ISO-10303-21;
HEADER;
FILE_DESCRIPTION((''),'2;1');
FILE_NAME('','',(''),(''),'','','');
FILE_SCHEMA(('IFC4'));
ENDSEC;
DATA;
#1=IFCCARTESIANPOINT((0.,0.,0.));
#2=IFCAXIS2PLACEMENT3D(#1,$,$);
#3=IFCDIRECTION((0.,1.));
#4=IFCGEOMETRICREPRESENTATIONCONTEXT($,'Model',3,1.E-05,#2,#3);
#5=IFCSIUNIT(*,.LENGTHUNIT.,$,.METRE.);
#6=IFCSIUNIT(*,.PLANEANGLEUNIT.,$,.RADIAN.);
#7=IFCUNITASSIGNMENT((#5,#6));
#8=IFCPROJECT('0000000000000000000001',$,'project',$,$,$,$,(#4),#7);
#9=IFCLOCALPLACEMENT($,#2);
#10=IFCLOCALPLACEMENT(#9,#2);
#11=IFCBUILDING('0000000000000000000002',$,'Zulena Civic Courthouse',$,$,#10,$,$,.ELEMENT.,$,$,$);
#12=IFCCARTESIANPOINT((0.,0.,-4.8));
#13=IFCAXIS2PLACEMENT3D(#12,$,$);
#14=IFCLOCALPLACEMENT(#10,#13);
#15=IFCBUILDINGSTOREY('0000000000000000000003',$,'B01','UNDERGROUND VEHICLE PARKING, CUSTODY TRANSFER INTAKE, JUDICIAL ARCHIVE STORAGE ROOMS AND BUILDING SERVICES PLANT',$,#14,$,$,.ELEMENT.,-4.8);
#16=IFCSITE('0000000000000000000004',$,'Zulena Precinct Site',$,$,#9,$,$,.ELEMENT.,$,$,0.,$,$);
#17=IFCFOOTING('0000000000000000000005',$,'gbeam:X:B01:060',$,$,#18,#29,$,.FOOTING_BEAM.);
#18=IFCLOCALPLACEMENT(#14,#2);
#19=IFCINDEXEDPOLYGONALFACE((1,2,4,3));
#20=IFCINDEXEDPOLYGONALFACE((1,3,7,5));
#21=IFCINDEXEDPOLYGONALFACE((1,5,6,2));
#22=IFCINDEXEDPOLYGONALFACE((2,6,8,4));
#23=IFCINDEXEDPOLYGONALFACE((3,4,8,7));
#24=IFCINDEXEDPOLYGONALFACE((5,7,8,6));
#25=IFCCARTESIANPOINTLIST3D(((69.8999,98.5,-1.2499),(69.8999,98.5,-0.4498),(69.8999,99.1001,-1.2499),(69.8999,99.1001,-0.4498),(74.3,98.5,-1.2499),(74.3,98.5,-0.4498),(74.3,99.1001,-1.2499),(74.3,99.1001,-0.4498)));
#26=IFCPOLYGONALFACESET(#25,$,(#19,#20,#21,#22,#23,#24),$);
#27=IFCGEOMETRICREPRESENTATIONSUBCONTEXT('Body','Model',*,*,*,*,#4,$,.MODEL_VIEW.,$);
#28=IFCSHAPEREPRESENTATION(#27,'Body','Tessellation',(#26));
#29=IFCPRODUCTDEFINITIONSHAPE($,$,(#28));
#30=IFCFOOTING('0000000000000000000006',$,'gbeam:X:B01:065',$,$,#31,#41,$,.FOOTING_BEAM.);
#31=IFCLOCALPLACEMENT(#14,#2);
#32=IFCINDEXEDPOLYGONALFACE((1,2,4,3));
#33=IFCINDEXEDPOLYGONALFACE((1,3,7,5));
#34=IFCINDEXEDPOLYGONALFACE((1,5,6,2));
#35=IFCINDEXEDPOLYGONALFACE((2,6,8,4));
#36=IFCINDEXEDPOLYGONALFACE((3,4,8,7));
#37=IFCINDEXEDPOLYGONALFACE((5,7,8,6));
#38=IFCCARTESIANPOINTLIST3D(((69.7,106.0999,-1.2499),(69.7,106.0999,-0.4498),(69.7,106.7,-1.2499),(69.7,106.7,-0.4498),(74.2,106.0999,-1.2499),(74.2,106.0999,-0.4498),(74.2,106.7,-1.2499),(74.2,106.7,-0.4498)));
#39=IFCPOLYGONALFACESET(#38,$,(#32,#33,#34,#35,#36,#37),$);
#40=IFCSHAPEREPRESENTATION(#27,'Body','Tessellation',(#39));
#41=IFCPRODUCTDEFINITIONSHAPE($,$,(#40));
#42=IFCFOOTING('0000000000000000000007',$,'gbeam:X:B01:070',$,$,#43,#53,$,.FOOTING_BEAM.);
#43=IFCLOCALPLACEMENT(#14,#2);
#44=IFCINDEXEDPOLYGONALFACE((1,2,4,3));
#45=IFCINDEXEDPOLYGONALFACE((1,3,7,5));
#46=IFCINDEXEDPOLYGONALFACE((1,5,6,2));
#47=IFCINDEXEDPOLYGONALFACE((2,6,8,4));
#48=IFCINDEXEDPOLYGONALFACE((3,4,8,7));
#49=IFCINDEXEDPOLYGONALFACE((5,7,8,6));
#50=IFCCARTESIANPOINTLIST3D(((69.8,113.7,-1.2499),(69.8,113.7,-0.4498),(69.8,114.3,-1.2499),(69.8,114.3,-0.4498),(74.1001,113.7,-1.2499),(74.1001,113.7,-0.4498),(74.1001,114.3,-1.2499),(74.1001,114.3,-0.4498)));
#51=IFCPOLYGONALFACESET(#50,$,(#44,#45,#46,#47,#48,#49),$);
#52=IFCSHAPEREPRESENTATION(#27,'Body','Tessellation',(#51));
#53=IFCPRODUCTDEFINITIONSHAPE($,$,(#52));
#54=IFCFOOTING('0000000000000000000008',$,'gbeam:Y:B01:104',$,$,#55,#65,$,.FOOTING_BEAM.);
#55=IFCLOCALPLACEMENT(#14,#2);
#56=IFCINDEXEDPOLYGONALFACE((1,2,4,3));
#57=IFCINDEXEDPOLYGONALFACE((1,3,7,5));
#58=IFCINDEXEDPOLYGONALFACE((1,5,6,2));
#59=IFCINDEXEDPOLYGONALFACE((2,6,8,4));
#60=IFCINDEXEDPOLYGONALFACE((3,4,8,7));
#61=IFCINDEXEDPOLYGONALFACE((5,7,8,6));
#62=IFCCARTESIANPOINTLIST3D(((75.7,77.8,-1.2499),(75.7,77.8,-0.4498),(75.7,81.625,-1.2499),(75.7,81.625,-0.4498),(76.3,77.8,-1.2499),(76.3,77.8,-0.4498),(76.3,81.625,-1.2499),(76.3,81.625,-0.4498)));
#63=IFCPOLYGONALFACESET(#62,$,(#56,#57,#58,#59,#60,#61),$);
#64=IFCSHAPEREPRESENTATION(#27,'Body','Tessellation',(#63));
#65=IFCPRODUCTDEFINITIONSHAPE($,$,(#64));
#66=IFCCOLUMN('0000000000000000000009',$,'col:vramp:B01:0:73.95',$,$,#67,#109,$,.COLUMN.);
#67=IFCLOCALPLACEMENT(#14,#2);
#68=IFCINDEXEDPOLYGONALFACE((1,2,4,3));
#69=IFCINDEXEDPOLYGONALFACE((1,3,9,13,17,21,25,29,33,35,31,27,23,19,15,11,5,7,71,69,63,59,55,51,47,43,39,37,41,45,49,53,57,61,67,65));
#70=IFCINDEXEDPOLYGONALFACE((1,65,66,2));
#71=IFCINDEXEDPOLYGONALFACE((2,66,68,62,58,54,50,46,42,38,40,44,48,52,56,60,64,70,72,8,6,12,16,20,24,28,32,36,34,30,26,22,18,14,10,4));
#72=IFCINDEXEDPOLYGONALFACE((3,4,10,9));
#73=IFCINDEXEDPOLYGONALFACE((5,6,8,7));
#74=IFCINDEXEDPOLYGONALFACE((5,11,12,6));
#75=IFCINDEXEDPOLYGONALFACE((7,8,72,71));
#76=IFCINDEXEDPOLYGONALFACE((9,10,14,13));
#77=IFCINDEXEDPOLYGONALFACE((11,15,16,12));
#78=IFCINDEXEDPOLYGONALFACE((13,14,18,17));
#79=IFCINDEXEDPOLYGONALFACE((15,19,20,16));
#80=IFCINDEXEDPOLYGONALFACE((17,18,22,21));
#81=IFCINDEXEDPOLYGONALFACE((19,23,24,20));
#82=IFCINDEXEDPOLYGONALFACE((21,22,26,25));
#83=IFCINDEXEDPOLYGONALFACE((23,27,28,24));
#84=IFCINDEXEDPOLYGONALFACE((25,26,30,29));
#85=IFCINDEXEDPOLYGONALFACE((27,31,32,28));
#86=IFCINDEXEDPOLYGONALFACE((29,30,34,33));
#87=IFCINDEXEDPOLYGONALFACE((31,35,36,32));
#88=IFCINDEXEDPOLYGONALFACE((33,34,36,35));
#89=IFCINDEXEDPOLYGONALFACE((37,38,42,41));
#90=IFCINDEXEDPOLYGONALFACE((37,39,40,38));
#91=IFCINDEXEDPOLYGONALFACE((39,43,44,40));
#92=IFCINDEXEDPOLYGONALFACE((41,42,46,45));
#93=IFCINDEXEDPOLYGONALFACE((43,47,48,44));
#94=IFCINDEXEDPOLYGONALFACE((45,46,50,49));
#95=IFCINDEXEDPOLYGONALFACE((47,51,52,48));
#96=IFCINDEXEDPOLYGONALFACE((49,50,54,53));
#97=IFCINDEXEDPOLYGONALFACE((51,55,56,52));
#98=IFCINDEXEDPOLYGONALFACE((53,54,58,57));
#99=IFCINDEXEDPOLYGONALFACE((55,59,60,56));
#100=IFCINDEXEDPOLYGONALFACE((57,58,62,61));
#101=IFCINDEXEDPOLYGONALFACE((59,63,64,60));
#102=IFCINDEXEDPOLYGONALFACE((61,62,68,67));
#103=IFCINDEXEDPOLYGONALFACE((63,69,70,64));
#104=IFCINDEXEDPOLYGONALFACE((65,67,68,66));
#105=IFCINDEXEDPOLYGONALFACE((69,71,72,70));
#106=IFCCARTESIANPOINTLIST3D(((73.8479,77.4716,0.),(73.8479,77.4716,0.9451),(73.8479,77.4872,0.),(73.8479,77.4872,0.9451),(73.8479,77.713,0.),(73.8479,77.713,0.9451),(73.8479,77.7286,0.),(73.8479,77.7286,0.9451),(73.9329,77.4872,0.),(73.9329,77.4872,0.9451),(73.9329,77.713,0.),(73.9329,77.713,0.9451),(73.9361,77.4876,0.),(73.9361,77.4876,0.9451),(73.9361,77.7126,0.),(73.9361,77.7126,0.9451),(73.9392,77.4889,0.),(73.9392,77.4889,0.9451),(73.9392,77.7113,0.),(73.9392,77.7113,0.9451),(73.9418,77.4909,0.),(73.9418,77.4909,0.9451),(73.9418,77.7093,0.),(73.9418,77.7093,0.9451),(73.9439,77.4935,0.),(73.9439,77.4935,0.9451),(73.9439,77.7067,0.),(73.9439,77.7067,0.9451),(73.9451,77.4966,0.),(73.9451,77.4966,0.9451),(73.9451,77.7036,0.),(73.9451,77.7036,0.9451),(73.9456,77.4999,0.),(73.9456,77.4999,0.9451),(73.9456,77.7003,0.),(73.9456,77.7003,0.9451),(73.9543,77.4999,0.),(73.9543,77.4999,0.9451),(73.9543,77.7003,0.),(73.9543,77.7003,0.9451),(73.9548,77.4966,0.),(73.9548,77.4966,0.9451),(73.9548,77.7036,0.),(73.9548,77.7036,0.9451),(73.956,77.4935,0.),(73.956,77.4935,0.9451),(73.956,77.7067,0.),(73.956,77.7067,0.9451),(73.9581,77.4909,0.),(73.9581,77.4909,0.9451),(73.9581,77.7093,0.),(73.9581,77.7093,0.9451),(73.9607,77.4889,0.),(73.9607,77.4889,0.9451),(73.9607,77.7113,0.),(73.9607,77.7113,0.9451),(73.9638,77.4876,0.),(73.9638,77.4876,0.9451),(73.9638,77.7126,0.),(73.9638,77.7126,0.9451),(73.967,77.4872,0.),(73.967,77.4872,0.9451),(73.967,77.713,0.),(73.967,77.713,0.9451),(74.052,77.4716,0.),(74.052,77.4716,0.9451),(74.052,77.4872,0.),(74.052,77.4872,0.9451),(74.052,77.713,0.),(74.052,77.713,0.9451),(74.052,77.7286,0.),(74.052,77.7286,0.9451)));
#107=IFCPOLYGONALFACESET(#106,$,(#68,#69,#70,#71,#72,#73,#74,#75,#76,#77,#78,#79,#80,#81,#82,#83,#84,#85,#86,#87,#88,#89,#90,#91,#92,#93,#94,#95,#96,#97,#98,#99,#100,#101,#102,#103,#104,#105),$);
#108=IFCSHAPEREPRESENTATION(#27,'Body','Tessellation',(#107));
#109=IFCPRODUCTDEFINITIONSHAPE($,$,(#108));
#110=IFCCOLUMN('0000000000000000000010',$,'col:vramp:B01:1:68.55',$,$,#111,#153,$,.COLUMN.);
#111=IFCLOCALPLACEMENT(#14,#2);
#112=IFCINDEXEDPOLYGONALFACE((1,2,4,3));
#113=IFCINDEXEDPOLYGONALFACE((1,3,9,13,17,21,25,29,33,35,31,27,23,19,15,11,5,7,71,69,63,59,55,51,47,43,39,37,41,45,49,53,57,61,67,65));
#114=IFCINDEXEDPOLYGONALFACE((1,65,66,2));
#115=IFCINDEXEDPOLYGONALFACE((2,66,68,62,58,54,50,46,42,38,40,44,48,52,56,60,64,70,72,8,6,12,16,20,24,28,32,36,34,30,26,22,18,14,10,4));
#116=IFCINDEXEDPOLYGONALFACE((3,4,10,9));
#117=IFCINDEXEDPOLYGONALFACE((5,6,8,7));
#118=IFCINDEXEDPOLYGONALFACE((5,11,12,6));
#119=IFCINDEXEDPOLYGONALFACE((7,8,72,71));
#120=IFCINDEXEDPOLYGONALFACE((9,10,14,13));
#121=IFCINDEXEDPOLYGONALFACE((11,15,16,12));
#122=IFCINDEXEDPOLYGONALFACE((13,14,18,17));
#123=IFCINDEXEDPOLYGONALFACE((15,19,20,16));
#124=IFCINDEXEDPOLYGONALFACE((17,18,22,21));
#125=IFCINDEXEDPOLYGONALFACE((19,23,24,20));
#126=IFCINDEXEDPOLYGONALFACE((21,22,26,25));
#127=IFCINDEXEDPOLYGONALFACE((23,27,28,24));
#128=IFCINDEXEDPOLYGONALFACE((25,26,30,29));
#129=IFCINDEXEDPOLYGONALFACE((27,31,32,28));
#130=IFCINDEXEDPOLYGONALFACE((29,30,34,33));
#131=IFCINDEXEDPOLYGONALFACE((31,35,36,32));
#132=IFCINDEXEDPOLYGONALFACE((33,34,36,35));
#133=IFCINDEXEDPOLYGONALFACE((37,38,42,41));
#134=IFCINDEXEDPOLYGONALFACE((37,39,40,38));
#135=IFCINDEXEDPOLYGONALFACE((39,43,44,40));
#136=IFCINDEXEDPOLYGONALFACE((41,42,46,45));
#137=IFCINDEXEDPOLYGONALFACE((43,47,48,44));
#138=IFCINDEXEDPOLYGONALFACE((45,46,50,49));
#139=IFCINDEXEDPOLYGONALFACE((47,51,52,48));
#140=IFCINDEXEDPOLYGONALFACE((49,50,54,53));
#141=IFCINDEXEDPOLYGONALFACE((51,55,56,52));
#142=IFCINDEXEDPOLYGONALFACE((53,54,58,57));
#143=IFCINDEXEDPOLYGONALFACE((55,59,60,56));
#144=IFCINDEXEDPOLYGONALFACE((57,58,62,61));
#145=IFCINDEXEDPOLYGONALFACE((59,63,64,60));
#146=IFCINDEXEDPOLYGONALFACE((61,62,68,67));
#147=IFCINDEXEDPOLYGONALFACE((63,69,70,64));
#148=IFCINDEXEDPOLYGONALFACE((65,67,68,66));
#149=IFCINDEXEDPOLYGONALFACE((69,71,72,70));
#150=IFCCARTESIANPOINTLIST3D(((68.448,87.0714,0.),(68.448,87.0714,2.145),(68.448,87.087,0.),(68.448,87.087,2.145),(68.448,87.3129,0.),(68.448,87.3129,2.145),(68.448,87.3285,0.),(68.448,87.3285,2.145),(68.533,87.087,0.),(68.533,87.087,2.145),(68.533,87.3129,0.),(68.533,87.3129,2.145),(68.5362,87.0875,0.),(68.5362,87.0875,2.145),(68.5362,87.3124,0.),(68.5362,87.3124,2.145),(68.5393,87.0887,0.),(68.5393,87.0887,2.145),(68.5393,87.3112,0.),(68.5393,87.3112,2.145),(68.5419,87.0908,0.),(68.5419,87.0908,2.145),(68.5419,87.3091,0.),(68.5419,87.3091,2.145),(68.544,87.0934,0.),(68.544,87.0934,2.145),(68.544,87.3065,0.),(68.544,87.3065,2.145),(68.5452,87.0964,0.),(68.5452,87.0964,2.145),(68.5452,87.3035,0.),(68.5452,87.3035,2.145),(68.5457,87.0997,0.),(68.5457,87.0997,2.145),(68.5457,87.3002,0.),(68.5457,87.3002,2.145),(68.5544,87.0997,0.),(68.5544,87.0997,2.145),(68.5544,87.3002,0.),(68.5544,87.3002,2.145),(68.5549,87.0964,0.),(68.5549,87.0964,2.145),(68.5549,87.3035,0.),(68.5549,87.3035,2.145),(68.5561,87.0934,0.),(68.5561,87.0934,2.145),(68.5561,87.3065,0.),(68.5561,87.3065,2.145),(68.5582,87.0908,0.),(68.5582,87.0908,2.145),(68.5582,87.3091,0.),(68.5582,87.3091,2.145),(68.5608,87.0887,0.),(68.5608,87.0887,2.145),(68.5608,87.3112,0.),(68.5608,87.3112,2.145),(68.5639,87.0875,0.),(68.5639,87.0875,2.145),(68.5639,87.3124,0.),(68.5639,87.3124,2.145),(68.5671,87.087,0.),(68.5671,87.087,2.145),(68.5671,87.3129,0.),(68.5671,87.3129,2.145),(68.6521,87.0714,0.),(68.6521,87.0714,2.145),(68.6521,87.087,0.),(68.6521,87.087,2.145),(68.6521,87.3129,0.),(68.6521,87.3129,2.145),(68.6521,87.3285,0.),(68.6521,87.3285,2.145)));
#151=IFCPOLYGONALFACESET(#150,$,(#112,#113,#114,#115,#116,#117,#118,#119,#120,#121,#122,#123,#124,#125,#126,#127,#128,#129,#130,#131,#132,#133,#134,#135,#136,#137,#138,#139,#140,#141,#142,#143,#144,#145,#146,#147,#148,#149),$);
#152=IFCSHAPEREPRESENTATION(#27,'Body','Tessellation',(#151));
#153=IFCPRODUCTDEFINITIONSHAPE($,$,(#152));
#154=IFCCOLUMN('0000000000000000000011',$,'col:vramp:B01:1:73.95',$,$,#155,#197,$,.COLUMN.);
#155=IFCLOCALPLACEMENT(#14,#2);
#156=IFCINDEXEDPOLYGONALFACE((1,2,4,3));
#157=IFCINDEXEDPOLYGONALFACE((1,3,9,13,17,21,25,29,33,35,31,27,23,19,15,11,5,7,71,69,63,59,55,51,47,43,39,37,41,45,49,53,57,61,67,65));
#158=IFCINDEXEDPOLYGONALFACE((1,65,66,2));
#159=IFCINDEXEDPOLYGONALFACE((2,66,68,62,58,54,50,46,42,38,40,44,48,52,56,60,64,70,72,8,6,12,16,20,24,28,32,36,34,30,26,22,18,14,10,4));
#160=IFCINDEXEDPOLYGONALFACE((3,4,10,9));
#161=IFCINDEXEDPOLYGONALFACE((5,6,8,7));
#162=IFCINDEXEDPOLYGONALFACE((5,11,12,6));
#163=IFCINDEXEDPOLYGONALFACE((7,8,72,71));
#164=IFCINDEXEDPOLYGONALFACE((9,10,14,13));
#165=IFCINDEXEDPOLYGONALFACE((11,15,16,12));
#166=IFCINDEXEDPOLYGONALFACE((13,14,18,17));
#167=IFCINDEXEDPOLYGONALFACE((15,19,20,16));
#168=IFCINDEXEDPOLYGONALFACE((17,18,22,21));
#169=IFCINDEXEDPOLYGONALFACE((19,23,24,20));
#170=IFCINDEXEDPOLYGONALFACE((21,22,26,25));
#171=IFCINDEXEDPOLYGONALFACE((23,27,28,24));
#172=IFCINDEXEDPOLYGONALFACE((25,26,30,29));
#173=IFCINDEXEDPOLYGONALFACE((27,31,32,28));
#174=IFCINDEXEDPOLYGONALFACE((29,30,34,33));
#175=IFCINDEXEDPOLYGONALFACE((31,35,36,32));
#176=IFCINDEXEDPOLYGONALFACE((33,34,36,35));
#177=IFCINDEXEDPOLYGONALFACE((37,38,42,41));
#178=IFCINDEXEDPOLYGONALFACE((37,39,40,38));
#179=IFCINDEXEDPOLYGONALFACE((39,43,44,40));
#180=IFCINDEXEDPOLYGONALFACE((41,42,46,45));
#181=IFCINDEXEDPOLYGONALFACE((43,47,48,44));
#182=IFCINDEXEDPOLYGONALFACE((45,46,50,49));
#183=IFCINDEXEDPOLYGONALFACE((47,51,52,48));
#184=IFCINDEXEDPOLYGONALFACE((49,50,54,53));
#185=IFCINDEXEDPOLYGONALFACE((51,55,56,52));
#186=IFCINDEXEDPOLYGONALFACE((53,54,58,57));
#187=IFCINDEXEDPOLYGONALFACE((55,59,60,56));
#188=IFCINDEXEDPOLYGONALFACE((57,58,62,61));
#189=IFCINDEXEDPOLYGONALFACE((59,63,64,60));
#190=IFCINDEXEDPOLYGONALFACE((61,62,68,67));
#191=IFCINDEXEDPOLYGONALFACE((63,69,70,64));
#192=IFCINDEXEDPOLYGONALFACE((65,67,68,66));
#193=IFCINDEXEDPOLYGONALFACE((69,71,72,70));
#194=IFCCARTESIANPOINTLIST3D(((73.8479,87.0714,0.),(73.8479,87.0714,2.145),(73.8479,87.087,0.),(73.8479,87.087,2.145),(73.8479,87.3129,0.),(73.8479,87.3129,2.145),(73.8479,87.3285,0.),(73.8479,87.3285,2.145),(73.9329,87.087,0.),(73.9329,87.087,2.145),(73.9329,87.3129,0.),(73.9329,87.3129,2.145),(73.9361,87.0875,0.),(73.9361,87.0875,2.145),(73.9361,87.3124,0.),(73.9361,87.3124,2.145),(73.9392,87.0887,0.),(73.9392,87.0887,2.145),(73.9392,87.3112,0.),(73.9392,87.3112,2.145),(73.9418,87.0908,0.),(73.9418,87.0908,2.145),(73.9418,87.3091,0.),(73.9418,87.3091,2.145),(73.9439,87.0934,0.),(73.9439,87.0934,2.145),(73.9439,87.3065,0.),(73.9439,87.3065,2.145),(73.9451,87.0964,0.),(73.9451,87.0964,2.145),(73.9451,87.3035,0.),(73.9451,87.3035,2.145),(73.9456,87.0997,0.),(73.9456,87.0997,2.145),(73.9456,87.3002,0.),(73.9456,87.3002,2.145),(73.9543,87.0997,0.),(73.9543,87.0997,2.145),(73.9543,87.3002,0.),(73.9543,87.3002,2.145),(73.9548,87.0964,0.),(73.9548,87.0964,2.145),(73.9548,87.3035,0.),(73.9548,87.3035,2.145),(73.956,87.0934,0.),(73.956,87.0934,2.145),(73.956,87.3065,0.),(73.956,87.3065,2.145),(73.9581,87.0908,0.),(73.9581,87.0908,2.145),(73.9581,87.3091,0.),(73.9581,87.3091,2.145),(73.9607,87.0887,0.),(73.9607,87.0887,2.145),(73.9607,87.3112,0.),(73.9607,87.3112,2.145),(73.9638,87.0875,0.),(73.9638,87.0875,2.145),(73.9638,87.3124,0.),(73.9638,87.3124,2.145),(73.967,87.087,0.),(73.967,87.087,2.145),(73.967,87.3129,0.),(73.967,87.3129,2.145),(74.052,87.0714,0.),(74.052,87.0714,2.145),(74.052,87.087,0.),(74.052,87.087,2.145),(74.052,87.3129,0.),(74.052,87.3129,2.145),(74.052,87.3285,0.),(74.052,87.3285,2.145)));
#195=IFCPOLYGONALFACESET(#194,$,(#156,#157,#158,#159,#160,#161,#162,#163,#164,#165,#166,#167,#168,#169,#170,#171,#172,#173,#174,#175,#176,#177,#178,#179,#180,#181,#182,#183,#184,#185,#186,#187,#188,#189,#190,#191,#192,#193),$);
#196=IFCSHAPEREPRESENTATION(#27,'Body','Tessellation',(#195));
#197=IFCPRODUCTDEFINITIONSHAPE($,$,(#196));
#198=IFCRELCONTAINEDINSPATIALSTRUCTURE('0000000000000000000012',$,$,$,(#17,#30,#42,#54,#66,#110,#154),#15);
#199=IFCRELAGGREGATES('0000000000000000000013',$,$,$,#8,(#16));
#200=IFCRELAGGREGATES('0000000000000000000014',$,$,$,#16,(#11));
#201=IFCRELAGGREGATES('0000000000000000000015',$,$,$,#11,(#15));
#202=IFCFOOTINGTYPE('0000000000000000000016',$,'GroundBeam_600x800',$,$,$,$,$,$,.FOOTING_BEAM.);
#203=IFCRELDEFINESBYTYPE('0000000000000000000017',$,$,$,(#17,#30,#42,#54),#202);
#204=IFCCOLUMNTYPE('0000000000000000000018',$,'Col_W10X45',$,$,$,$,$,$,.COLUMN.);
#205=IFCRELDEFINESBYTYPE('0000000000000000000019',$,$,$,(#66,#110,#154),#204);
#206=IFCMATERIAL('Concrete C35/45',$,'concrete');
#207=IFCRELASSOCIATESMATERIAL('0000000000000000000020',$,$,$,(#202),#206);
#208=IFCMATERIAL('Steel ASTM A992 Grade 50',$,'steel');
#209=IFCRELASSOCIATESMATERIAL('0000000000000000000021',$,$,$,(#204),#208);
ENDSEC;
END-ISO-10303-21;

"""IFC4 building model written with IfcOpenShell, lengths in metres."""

from ifc_helpers import new_model, si_unit, direction, frame, origin, origin_2d, place, context, subcontext, project, spatial, rectangle, i_section, extrude, material, material_profile, profile_set, type_object, element, save


model = new_model("IFC4")

# Units and contexts
model_context = context("Model", 3, precision=1e-05, world=origin(), true_north=direction((0.0, 1.0)))
body_context = subcontext(model_context, "Body", "Model", "MODEL_VIEW")
ifc_project = project(units=[si_unit("LENGTHUNIT", "METRE"), si_unit("PLANEANGLEUNIT", "RADIAN")], contexts=[model_context])

# Site, building, storey
site_placement = place(None, origin())
site = spatial("IfcSite", under=ifc_project, at=site_placement, Name="Zulena Precinct Site", CompositionType="ELEMENT", RefElevation=0.0)
building_placement = place(site_placement, origin())
building = spatial("IfcBuilding", under=site, at=building_placement, Name="Zulena Civic Courthouse", CompositionType="ELEMENT")
storey_placement = place(building_placement, frame((0.0, 0.0, -4.8)))
storey = spatial("IfcBuildingStorey", under=building, at=storey_placement, Name="B01", Description="UNDERGROUND VEHICLE PARKING, CUSTODY TRANSFER INTAKE, JUDICIAL ARCHIVE STORAGE ROOMS AND BUILDING SERVICES PLANT", CompositionType="ELEMENT", Elevation=-4.8)

# Footings
ifc_material_1 = material(Name="Concrete C35/45", Category="concrete")
ifc_material_profile_1 = material_profile(ifc_material_1, rectangle(XDim=0.6001, YDim=0.8, at=origin_2d()), Name="RC600X800")
ifc_profile_set_1 = profile_set([ifc_material_profile_1], Name="Concrete C35/45")
footing_type = type_object("IfcFootingType", Name="GroundBeam_600x800", PredefinedType="FOOTING_BEAM", material=ifc_profile_set_1)
footing_1_placement = place(storey_placement, frame((69.8999, 98.8, -0.8499), z_axis=(1.0, 0.0, 0.0), x_axis=(0.0, 1.0, 0.0)))
element("IfcFooting", 1, at=footing_1_placement, inside=storey, type_object=footing_type, Name="gbeam:X:B01:060", PredefinedType="FOOTING_BEAM", context=body_context, shape_type="SweptSolid", body=[
    extrude(rectangle(XDim=0.6001, YDim=0.8, at=origin_2d()), origin(), (0.0, 0.0, 1.0), 4.4001),
])
footing_2_placement = place(storey_placement, frame((69.7, 106.3999, -0.8499), z_axis=(1.0, 0.0, 0.0), x_axis=(0.0, 1.0, 0.0)))
element("IfcFooting", 2, at=footing_2_placement, inside=storey, type_object=footing_type, Name="gbeam:X:B01:065", PredefinedType="FOOTING_BEAM", context=body_context, shape_type="SweptSolid", body=[
    extrude(rectangle(XDim=0.6001, YDim=0.8, at=origin_2d()), origin(), (0.0, 0.0, 1.0), 4.5),
])
footing_3_placement = place(storey_placement, frame((69.8, 114.0, -0.8499), z_axis=(1.0, 0.0, 0.0), x_axis=(0.0, 1.0, 0.0)))
element("IfcFooting", 3, at=footing_3_placement, inside=storey, type_object=footing_type, Name="gbeam:X:B01:070", PredefinedType="FOOTING_BEAM", context=body_context, shape_type="SweptSolid", body=[
    extrude(rectangle(XDim=0.6001, YDim=0.8, at=origin_2d()), origin(), (0.0, 0.0, 1.0), 4.3),
])
footing_4_placement = place(storey_placement, frame((76.0, 77.8, -0.8499), z_axis=(0.0, 1.0, 0.0), x_axis=(-1.0, 0.0, 0.0)))
element("IfcFooting", 4, at=footing_4_placement, inside=storey, type_object=footing_type, Name="gbeam:Y:B01:104", PredefinedType="FOOTING_BEAM", context=body_context, shape_type="SweptSolid", body=[
    extrude(rectangle(XDim=0.6001, YDim=0.8, at=origin_2d()), origin(), (0.0, 0.0, 1.0), 3.825),
])

# Columns
ifc_material_2 = material(Name="Steel ASTM A992 Grade 50", Category="steel")
ifc_material_profile_2 = material_profile(ifc_material_2, i_section(OverallWidth=0.2041, OverallDepth=0.2571, WebThickness=0.0088, FlangeThickness=0.0156, FilletRadius=0.0127, at=origin_2d()), Name="W10X45")
ifc_profile_set_2 = profile_set([ifc_material_profile_2], Name="Steel ASTM A992 Grade 50")
column_type_1 = type_object("IfcColumnType", Name="Col_W10X45", PredefinedType="COLUMN", material=ifc_profile_set_2)
column_1_placement = place(storey_placement, frame((73.95, 77.6001, 0.0), z_axis=(0.0, 0.0, 1.0), x_axis=(1.0, 0.0, 0.0)))
element("IfcColumn", 5, at=column_1_placement, inside=storey, type_object=column_type_1, Name="col:vramp:B01:0:73.95", PredefinedType="COLUMN", context=body_context, shape_type="SweptSolid", body=[
    extrude(i_section(OverallWidth=0.2041, OverallDepth=0.2571, WebThickness=0.0088, FlangeThickness=0.0156, FilletRadius=0.0127, at=origin_2d()), origin(), (0.0, 0.0, 1.0), 0.9451),
])
for number, where, z_axis, x_axis, name in (
    (6, (68.55, 87.2, 0.0), (0.0, 0.0, 1.0), (1.0, 0.0, 0.0), "col:vramp:B01:1:68.55"),
    (7, (73.95, 87.2, 0.0), (0.0, 0.0, 1.0), (1.0, 0.0, 0.0), "col:vramp:B01:1:73.95"),
):
    element("IfcColumn", number, at=place(storey_placement, frame(where, z_axis=z_axis, x_axis=x_axis)), inside=storey, type_object=column_type_1, Name=name, PredefinedType="COLUMN", context=body_context, shape_type="SweptSolid", body=[
        extrude(i_section(OverallWidth=0.2041, OverallDepth=0.2571, WebThickness=0.0088, FlangeThickness=0.0156, FilletRadius=0.0127, at=origin_2d()), origin(), (0.0, 0.0, 1.0), 2.145),
    ])

save(model, "model.ifc")
